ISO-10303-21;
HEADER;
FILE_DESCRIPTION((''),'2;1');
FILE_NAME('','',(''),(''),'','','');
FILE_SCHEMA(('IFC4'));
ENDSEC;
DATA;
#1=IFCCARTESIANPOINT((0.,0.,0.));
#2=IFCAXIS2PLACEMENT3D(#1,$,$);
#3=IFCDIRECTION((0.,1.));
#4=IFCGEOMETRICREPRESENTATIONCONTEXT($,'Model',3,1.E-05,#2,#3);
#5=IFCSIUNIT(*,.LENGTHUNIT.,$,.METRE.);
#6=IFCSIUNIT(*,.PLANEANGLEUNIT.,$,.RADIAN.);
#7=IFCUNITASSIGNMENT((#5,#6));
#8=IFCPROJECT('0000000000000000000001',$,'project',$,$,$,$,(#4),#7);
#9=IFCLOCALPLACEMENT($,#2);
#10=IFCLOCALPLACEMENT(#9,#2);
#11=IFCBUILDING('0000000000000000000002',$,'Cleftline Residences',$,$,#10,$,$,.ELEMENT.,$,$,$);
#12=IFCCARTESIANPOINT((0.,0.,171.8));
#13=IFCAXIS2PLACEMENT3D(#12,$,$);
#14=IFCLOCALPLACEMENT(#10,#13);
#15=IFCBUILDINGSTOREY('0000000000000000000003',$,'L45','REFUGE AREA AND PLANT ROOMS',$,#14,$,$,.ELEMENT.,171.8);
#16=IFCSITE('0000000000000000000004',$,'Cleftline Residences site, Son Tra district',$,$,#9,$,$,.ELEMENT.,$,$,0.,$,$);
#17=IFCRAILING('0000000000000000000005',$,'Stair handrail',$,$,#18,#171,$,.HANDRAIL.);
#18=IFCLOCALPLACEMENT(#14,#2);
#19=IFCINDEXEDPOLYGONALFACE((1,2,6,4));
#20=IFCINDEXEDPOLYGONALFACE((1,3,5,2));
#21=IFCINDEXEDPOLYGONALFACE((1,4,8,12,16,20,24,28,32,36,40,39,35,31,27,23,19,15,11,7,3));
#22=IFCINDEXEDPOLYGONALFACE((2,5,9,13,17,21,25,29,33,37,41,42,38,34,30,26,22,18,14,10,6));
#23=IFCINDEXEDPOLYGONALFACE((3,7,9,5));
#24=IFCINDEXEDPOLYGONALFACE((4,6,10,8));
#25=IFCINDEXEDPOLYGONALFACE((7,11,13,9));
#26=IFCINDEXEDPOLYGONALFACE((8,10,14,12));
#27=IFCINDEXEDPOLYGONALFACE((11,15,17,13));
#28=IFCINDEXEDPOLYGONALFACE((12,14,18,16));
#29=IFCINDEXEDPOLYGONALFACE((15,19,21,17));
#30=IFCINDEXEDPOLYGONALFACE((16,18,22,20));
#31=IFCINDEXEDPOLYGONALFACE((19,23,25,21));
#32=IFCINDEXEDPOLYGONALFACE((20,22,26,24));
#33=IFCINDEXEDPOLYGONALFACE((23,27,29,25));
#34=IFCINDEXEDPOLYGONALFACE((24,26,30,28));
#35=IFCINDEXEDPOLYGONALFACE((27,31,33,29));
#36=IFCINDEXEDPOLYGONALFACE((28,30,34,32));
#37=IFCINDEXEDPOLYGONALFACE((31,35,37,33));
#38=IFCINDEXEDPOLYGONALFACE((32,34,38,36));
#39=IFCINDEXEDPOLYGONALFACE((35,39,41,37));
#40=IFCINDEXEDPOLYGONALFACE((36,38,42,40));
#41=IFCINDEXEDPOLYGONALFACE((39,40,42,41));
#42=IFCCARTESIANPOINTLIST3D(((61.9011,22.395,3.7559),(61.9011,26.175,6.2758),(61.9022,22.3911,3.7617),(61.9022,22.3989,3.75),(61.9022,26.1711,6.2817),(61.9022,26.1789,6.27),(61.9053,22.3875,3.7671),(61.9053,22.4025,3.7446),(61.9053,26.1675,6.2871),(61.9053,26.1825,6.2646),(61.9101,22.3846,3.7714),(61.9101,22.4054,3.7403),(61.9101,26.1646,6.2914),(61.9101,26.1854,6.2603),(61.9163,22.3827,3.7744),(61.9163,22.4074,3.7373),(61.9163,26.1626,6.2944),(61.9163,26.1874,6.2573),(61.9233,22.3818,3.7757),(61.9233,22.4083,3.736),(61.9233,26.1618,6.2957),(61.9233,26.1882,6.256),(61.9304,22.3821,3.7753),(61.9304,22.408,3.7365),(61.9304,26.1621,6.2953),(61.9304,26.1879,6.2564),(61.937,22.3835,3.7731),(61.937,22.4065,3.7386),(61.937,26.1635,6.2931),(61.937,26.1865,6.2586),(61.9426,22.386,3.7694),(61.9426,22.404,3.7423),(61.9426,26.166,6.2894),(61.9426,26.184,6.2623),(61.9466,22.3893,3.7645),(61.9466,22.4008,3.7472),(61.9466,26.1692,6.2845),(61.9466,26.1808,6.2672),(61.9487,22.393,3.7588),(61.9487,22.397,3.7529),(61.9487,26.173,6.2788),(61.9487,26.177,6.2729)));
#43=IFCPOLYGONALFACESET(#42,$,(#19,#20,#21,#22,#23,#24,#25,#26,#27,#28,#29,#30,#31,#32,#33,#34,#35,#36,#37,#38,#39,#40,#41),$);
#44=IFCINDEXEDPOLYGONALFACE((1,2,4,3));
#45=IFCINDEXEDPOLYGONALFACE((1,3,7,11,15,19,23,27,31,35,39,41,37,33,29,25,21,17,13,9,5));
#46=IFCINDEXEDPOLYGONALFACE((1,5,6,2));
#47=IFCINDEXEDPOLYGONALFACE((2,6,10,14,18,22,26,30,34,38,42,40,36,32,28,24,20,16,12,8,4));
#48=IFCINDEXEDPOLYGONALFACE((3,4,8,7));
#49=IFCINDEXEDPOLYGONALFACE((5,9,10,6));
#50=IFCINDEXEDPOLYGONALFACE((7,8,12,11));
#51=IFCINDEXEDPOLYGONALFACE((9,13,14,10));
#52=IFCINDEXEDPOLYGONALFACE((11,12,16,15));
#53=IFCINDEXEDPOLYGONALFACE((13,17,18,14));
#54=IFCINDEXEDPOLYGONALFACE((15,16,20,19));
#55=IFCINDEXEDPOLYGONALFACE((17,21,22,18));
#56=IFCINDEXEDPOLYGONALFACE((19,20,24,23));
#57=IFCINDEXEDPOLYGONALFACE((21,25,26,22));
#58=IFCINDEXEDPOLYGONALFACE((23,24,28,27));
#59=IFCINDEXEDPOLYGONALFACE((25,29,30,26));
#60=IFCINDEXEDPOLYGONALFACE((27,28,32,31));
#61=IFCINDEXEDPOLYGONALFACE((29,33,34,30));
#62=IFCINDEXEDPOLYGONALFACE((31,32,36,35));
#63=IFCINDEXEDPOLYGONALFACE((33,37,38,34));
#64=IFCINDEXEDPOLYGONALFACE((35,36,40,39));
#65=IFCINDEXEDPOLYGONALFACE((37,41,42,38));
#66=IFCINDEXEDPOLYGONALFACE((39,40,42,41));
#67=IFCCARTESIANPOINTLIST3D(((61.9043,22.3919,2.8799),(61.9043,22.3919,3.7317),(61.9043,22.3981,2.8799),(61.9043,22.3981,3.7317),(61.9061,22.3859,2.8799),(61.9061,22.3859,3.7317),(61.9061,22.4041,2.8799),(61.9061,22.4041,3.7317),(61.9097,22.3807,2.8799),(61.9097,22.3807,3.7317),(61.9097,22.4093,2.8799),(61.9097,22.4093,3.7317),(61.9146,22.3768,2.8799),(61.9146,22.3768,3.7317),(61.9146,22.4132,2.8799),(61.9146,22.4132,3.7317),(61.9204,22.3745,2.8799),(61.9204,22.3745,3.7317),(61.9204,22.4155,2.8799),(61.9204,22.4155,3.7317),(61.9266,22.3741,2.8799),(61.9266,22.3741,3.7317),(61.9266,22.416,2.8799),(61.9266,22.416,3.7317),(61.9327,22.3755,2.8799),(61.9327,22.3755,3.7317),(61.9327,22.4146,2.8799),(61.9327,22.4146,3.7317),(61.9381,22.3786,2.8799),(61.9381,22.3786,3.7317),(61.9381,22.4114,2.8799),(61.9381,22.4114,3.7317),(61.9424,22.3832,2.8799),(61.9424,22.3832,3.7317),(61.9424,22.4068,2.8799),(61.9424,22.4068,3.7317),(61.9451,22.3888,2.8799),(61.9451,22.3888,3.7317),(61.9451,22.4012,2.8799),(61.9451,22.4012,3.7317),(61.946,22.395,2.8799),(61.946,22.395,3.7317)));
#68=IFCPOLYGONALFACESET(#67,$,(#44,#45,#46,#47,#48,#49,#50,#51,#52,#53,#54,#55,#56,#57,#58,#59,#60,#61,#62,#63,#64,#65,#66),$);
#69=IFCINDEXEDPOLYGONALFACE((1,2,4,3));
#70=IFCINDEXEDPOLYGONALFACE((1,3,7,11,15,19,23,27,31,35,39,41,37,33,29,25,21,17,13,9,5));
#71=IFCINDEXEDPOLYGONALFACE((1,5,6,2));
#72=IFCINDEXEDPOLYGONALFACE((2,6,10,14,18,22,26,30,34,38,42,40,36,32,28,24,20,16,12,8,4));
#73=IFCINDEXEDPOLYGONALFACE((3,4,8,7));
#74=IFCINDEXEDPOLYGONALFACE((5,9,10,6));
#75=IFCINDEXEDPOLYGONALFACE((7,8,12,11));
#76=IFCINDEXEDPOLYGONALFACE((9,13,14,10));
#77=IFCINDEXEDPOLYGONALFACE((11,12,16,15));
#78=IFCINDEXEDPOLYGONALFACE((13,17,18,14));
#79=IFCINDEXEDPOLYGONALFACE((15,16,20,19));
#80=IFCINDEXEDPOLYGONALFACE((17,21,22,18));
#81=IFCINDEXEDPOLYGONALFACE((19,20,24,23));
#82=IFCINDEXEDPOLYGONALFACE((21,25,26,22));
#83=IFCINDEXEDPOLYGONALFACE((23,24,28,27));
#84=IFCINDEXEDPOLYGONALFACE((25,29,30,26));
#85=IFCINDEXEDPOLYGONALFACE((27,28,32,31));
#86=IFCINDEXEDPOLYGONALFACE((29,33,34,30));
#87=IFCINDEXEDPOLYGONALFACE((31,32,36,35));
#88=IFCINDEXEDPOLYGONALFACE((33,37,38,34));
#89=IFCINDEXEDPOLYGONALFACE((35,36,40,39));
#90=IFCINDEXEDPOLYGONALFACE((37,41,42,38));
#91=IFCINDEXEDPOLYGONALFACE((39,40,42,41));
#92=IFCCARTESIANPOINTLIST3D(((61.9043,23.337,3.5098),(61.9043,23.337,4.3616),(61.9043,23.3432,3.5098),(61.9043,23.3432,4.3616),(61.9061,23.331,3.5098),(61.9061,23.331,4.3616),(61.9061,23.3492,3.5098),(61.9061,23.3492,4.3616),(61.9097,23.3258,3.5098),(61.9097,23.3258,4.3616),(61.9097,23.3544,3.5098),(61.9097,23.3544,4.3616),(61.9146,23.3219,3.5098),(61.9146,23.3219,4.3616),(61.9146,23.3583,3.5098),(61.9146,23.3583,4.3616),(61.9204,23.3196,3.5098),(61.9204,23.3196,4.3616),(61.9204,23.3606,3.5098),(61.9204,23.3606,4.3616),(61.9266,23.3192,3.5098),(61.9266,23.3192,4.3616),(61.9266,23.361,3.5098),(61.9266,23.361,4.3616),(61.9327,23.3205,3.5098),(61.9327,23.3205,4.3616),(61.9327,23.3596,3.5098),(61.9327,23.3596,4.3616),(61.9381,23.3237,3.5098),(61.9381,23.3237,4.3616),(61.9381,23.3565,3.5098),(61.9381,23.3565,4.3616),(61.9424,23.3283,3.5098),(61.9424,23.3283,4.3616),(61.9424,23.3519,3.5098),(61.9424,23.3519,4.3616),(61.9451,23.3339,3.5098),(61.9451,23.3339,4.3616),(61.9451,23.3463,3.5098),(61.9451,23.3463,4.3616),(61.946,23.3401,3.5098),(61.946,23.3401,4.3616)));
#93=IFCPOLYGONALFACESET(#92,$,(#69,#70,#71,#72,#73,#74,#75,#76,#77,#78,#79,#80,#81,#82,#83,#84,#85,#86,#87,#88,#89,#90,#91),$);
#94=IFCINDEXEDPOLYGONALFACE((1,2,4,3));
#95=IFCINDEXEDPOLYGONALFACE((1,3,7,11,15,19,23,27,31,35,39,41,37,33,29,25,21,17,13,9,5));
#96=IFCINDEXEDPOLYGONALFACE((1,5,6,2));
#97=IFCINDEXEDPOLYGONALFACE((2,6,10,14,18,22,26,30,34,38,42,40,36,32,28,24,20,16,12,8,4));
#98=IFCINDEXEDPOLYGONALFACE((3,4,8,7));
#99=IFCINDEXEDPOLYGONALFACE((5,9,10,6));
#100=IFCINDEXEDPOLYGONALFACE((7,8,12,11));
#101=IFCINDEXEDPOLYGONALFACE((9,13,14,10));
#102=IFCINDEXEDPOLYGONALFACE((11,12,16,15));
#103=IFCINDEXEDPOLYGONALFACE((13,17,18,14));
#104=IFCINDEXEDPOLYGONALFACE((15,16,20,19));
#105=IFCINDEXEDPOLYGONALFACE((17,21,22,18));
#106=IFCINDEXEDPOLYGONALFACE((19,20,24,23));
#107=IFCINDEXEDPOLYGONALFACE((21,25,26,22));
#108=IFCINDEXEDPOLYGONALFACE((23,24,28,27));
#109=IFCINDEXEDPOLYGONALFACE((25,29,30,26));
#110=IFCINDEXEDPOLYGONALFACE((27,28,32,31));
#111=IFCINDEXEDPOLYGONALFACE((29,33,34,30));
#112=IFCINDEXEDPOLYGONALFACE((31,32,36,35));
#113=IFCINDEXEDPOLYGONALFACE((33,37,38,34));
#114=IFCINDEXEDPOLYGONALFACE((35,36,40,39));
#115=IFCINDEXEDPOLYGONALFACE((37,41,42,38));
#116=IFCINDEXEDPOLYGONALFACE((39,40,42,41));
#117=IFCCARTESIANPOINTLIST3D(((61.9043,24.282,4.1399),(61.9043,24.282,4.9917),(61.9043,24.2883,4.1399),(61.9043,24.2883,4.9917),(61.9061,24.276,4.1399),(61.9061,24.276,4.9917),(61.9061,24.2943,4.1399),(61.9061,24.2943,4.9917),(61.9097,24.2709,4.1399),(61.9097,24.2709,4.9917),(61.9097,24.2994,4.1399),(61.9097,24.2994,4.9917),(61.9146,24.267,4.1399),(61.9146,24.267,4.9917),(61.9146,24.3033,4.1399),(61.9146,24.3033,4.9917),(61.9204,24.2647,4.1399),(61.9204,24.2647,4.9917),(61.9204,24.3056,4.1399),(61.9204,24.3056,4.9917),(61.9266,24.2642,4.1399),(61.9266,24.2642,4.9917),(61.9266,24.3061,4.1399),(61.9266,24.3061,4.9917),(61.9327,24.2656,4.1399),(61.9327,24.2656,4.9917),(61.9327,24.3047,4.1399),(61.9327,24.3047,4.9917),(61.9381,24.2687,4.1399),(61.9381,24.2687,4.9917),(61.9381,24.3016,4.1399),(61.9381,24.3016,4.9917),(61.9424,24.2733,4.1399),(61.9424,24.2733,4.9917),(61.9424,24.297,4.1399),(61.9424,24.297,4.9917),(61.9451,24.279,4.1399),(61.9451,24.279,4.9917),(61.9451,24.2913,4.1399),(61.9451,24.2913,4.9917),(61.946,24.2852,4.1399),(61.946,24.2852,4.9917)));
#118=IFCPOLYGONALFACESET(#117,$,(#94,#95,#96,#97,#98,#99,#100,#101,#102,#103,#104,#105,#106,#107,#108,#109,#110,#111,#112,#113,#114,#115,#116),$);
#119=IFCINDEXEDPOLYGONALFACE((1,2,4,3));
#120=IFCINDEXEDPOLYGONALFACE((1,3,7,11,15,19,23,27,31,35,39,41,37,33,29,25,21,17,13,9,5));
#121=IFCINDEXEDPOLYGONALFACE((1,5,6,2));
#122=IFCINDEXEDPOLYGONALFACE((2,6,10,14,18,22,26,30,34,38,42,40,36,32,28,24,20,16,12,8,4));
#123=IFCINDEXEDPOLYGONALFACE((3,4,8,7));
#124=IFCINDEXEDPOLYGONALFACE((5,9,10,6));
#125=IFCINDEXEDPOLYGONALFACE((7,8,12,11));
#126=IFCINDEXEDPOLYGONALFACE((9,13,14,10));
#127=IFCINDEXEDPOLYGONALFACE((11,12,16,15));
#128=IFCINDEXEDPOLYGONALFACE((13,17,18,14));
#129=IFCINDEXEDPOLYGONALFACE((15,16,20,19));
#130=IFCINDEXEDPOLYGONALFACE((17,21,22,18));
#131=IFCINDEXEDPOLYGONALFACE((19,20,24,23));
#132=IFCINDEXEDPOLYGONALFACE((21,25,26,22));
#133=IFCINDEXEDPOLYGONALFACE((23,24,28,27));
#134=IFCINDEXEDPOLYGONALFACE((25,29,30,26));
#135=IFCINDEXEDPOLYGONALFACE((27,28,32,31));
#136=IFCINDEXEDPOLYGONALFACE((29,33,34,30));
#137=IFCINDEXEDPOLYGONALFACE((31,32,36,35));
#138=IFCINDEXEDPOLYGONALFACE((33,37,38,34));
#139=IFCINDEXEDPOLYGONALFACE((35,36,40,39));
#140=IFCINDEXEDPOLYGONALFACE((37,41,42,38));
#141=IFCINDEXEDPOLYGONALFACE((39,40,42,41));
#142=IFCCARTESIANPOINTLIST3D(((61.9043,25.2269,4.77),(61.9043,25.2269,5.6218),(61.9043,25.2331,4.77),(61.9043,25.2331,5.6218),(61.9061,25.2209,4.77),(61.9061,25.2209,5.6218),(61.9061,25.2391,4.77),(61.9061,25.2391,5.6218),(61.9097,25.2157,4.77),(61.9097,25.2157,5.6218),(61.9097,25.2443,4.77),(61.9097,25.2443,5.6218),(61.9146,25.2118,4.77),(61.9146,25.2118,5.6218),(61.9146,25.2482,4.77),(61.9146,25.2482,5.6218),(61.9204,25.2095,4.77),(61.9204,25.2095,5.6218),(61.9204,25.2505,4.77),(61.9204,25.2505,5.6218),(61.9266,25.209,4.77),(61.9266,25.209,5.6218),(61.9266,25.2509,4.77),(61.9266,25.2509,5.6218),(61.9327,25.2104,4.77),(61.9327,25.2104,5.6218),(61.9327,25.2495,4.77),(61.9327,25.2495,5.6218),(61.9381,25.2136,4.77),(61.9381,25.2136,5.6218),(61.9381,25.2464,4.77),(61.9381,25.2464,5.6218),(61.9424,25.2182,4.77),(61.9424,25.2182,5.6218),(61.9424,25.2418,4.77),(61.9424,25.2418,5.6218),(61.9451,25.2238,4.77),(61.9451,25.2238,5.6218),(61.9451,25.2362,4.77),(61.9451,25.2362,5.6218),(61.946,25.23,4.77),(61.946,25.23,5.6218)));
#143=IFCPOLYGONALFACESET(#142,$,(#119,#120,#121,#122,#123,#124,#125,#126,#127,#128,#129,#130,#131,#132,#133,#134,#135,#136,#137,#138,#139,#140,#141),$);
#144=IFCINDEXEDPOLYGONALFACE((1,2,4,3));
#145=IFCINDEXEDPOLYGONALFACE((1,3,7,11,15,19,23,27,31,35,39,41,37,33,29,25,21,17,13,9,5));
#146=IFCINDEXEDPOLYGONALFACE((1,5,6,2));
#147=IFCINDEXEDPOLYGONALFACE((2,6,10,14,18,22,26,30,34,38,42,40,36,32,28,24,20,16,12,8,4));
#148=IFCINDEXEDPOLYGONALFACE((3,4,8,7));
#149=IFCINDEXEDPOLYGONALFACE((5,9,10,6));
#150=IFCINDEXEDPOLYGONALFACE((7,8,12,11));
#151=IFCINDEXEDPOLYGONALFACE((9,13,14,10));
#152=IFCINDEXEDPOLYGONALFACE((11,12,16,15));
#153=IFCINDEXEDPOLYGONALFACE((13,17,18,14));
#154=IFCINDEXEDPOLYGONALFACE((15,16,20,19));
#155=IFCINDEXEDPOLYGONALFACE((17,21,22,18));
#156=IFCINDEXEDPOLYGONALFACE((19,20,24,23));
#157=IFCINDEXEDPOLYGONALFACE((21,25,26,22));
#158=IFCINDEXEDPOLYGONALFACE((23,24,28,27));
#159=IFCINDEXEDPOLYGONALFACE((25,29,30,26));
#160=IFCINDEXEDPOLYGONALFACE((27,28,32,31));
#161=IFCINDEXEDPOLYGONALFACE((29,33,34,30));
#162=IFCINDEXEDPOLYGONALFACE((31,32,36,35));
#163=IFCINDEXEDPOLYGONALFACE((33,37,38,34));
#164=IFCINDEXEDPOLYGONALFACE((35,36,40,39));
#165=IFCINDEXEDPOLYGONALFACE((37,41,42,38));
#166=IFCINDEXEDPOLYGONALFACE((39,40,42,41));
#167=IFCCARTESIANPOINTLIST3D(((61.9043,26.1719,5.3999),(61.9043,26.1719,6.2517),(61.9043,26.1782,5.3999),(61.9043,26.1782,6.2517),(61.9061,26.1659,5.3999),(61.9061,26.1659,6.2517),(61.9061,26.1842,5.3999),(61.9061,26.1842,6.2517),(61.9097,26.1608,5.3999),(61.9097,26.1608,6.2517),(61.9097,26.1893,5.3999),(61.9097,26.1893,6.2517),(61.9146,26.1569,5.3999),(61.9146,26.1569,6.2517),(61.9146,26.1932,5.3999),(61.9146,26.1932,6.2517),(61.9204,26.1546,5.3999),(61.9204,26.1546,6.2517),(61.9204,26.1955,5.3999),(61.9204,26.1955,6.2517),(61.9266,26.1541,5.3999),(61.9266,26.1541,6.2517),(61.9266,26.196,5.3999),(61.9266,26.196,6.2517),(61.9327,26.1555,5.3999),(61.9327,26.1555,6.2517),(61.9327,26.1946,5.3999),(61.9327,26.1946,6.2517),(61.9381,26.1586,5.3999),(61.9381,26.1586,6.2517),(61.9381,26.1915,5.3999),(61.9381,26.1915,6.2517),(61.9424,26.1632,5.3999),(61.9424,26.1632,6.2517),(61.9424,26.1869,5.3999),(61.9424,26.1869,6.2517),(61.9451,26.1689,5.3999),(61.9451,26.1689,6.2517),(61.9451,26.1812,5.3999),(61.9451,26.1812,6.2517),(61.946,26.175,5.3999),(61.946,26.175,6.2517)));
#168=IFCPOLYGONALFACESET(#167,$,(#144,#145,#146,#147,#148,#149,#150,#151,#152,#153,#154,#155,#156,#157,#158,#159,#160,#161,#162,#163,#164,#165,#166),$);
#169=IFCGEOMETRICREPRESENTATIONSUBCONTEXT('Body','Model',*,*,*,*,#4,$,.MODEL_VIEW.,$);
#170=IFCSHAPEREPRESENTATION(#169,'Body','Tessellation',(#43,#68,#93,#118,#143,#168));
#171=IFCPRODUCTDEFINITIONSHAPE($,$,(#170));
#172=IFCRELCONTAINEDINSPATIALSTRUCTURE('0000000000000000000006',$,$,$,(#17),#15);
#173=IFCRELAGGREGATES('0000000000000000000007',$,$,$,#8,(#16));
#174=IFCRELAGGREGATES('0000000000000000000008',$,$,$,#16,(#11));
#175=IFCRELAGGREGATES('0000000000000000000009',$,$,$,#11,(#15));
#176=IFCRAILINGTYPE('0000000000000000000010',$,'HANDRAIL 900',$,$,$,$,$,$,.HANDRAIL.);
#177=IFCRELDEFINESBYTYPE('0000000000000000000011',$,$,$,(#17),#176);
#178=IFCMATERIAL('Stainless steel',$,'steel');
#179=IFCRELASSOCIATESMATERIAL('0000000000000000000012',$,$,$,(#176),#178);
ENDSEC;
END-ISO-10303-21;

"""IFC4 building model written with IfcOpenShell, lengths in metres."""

from ifc_helpers import new_model, si_unit, direction, frame, origin, origin_2d, place, context, subcontext, project, spatial, circle, extrude, material, type_object, element, save


model = new_model("IFC4")

# Units and contexts
model_context = context("Model", 3, precision=1e-05, world=origin(), true_north=direction((0.0, 1.0)))
body_context = subcontext(model_context, "Body", "Model", "MODEL_VIEW")
ifc_project = project(units=[si_unit("LENGTHUNIT", "METRE"), si_unit("PLANEANGLEUNIT", "RADIAN")], contexts=[model_context])

# Site, building, storey
site_placement = place(None, origin())
site = spatial("IfcSite", under=ifc_project, at=site_placement, Name="Cleftline Residences site, Son Tra district", CompositionType="ELEMENT", RefElevation=0.0)
building_placement = place(site_placement, origin())
building = spatial("IfcBuilding", under=site, at=building_placement, Name="Cleftline Residences", CompositionType="ELEMENT")
storey_placement = place(building_placement, frame((0.0, 0.0, 171.8)))
storey = spatial("IfcBuildingStorey", under=building, at=storey_placement, Name="L45", Description="REFUGE AREA AND PLANT ROOMS", CompositionType="ELEMENT", Elevation=171.8)

# Railing
ifc_material_1 = material(Name="Stainless steel", Category="steel")
railing_type = type_object("IfcRailingType", Name="HANDRAIL 900", PredefinedType="HANDRAIL", material=ifc_material_1)
railing_placement = place(storey_placement, frame((61.925, 22.395, 2.8799)))
element("IfcRailing", 1, at=railing_placement, inside=storey, type_object=railing_type, Name="Stair handrail", PredefinedType="HANDRAIL", context=body_context, shape_type="SweptSolid", body=[
    extrude(circle(Radius=0.0239, at=origin_2d()), frame((0.0, 0.0, 0.876), z_axis=(0.0, 0.83205, 0.5547), x_axis=(-1.0, 0.0, 0.0)), (0.0, 0.0, 1.0), 4.543),
    extrude(circle(Radius=0.021, at=origin_2d()), origin(), (0.0, 0.0, 1.0), 0.8518),
    extrude(circle(Radius=0.021, at=origin_2d()), frame((0.0, 0.9451, 0.6299)), (0.0, 0.0, 1.0), 0.8518),
    extrude(circle(Radius=0.021, at=origin_2d()), frame((0.0, 1.8901, 1.26)), (0.0, 0.0, 1.0), 0.8518),
    extrude(circle(Radius=0.021, at=origin_2d()), frame((0.0, 2.835, 1.8901)), (0.0, 0.0, 1.0), 0.8518),
    extrude(circle(Radius=0.021, at=origin_2d()), frame((0.0, 3.78, 2.52)), (0.0, 0.0, 1.0), 0.8518),
])

save(model, "model.ifc")
